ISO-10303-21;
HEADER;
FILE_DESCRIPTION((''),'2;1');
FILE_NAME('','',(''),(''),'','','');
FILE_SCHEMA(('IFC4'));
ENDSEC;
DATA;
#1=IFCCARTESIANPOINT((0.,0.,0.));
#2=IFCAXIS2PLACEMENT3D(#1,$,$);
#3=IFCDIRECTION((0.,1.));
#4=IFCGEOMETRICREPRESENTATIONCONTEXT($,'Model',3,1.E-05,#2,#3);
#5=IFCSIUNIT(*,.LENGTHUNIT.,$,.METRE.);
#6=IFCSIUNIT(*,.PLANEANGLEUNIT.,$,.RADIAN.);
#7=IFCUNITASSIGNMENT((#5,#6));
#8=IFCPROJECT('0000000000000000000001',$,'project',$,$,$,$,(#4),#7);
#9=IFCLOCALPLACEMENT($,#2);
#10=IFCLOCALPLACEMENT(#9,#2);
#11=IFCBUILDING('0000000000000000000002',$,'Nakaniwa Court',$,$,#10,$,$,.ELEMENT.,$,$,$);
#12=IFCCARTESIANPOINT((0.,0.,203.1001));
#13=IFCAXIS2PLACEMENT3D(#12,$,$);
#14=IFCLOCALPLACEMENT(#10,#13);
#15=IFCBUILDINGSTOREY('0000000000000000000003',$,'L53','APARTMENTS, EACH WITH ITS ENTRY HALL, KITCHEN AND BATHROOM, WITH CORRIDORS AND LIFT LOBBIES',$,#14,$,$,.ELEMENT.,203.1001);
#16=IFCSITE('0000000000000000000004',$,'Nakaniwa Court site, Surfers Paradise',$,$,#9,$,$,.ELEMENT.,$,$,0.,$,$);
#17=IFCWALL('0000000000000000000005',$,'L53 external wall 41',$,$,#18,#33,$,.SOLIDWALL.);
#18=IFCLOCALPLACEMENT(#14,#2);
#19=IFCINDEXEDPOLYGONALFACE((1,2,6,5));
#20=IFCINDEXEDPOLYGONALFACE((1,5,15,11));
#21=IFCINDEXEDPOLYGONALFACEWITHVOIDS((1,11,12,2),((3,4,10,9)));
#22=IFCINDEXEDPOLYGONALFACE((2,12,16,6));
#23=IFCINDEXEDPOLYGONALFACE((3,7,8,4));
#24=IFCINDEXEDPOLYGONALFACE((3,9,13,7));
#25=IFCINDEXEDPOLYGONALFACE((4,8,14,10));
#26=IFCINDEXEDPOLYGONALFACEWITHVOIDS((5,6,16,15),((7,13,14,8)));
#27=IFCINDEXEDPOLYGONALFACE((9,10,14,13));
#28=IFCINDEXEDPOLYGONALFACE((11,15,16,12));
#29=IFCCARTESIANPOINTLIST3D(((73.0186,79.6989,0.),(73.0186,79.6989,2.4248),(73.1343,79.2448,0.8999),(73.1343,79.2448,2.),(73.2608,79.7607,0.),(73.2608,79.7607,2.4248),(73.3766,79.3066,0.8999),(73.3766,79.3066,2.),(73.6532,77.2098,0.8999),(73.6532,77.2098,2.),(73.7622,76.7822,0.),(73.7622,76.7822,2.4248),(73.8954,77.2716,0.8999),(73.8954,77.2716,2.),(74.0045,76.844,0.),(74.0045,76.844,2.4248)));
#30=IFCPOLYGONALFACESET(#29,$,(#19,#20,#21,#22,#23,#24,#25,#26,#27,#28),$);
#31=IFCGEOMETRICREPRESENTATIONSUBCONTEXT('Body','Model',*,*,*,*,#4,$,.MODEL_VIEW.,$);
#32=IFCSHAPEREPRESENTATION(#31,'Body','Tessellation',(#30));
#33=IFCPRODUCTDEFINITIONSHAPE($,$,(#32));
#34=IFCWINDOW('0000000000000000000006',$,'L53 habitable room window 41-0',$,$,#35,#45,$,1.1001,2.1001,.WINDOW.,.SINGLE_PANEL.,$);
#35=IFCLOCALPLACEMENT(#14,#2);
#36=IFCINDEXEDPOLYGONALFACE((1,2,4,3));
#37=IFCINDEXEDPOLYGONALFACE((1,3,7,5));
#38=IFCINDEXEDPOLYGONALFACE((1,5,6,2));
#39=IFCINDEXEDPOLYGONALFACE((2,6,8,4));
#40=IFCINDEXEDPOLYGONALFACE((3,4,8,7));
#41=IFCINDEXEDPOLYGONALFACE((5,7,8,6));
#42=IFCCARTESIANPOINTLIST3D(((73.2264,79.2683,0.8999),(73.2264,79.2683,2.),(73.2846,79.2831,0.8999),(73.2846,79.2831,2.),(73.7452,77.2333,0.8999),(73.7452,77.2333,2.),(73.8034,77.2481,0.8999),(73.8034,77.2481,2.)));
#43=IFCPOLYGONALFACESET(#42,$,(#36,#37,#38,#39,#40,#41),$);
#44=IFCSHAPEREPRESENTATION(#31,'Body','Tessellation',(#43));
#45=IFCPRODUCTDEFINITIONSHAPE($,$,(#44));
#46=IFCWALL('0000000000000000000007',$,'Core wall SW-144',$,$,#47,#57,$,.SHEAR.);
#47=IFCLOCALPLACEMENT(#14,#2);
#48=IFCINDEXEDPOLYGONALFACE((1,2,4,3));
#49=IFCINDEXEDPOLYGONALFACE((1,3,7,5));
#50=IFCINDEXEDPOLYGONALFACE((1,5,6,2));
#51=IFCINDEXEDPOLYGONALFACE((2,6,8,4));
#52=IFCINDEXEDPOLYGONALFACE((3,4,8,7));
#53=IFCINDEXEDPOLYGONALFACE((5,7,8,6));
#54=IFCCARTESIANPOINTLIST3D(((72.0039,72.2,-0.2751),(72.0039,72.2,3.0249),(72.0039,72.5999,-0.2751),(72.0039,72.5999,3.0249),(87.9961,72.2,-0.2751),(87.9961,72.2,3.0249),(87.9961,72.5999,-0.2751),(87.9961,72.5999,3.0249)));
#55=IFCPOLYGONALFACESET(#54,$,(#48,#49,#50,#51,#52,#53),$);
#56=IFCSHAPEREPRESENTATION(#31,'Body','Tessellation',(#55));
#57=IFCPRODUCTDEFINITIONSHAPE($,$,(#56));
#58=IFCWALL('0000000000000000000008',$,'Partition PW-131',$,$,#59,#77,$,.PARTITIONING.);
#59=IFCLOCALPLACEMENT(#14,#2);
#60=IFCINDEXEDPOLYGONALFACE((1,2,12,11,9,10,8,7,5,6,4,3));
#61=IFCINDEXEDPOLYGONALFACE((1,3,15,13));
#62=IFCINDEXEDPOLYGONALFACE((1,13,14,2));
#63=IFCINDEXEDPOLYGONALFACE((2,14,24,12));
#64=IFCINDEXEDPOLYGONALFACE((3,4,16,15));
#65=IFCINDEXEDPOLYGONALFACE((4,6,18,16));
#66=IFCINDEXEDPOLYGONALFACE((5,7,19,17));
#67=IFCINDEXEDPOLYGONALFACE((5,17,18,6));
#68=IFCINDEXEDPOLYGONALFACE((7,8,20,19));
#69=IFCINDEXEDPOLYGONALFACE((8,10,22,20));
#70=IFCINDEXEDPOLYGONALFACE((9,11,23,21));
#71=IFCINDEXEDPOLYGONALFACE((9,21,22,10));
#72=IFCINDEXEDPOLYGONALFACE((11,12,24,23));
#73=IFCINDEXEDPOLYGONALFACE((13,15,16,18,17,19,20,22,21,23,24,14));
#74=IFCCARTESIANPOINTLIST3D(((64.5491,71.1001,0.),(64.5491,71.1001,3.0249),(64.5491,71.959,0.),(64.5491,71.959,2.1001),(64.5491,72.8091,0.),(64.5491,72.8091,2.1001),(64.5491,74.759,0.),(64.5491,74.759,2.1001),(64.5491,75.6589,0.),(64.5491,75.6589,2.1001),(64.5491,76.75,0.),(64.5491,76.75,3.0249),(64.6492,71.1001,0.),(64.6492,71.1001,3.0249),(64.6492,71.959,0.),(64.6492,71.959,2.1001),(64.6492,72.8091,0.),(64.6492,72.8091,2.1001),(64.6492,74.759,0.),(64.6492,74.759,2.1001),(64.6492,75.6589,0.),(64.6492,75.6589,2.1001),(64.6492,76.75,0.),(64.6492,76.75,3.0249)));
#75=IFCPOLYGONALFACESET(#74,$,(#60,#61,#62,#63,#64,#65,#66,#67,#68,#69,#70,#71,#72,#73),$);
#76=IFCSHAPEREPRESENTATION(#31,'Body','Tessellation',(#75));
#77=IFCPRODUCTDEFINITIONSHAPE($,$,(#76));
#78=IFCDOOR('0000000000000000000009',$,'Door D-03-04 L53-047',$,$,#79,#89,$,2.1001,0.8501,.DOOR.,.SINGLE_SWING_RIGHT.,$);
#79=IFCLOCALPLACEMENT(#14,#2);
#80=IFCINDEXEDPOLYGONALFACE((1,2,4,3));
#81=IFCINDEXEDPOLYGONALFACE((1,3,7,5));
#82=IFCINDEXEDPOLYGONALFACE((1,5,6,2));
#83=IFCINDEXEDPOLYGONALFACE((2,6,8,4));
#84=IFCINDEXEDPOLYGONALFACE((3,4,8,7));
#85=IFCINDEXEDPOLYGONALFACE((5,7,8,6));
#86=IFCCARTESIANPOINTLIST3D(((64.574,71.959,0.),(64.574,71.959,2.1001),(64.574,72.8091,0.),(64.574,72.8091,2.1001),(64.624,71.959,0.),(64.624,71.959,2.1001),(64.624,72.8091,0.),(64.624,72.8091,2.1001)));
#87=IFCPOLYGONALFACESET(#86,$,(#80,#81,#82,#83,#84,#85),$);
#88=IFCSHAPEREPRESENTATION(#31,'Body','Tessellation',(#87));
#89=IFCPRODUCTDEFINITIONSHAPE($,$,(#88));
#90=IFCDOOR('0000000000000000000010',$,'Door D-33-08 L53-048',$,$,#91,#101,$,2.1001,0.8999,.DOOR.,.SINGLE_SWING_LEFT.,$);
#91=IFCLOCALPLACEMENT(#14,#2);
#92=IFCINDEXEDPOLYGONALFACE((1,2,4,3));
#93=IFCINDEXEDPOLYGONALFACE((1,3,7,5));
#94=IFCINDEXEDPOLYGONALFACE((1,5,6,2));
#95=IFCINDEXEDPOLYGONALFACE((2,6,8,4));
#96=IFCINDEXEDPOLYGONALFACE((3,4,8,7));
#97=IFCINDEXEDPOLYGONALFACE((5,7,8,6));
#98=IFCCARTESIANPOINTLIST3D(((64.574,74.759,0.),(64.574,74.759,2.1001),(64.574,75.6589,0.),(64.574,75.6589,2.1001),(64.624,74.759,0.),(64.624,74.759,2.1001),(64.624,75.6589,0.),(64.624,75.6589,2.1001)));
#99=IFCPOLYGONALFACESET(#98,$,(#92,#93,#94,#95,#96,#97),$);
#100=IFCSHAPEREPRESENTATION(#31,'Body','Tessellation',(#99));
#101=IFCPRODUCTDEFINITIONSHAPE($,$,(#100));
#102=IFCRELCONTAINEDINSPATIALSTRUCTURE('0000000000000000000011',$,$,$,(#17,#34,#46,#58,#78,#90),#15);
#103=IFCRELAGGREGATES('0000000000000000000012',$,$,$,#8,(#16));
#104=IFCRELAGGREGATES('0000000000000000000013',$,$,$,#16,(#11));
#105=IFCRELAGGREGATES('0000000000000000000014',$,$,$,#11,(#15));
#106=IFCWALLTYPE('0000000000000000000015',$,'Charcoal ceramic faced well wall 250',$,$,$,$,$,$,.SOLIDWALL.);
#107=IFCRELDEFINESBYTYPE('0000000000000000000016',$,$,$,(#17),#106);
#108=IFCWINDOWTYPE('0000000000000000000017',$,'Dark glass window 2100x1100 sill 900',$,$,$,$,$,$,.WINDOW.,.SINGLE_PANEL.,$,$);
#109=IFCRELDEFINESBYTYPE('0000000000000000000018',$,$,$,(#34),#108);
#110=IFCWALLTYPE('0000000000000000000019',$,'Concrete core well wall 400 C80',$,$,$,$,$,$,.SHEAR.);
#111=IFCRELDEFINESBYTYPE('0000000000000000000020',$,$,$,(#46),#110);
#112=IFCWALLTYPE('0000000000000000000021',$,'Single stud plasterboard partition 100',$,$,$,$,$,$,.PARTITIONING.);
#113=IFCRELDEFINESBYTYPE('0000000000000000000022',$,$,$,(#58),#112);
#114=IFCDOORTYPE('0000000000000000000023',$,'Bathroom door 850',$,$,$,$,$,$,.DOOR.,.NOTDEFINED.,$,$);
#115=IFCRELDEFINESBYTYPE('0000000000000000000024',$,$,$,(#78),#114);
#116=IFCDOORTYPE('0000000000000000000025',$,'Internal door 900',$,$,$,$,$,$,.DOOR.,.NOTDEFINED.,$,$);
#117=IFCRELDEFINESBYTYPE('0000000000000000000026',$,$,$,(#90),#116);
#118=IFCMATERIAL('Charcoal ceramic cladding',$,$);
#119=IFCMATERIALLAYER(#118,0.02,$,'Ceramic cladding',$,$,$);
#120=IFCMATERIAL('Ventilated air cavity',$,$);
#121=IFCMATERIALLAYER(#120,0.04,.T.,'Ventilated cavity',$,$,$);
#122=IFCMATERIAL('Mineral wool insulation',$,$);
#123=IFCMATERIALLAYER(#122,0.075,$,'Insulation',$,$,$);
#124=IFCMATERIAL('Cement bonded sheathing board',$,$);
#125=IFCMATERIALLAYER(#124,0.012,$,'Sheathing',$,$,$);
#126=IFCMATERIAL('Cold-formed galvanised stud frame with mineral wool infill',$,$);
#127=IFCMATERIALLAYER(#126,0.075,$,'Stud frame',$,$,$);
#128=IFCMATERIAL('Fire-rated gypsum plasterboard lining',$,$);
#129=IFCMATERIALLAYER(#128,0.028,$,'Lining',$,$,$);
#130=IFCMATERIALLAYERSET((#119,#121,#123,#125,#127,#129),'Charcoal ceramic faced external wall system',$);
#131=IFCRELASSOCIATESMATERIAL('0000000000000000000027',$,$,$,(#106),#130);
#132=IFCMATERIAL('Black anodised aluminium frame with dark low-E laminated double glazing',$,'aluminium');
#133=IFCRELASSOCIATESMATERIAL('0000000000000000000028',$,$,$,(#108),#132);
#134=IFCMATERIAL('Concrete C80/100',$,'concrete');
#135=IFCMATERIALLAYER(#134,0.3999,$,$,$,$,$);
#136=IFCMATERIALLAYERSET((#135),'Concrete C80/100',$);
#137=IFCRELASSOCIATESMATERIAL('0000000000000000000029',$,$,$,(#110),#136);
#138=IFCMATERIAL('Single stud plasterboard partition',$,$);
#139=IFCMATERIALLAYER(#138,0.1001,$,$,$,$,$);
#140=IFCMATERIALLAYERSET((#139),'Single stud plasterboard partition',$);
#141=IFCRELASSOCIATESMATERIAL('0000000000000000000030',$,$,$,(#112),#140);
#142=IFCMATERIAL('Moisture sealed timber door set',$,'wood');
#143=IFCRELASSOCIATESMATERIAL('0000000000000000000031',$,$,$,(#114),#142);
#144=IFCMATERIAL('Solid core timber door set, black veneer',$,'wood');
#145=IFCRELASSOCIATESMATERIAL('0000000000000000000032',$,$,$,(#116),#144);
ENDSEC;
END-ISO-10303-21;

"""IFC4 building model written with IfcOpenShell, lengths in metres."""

from ifc_helpers import new_model, si_unit, direction, frame, frame_2d, origin, place, context, subcontext, project, spatial, rectangle, extrude, material, layer, layer_set, type_object, element, fill, save


model = new_model("IFC4")

# Units and contexts
model_context = context("Model", 3, precision=1e-05, world=origin(), true_north=direction((0.0, 1.0)))
body_context = subcontext(model_context, "Body", "Model", "MODEL_VIEW")
ifc_project = project(units=[si_unit("LENGTHUNIT", "METRE"), si_unit("PLANEANGLEUNIT", "RADIAN")], contexts=[model_context])

# Site, building, storey
site_placement = place(None, origin())
site = spatial("IfcSite", under=ifc_project, at=site_placement, Name="Nakaniwa Court site, Surfers Paradise", CompositionType="ELEMENT", RefElevation=0.0)
building_placement = place(site_placement, origin())
building = spatial("IfcBuilding", under=site, at=building_placement, Name="Nakaniwa Court", CompositionType="ELEMENT")
storey_placement = place(building_placement, frame((0.0, 0.0, 203.1001)))
storey = spatial("IfcBuildingStorey", under=building, at=storey_placement, Name="L53", Description="APARTMENTS, EACH WITH ITS ENTRY HALL, KITCHEN AND BATHROOM, WITH CORRIDORS AND LIFT LOBBIES", CompositionType="ELEMENT", Elevation=203.1001)

# Shared definitions
ifc_material_1 = material(Name="Concrete C80/100", Category="concrete")

# Shared definitions
ifc_material_2 = material(Name="Solid core timber door set, black veneer", Category="wood")

# Wall, opening, window
ifc_material_3 = material(Name="Charcoal ceramic cladding")
ifc_layer_1 = layer(ifc_material_3, 0.02, Name="Ceramic cladding")
ifc_material_4 = material(Name="Ventilated air cavity")
ifc_layer_2 = layer(ifc_material_4, 0.04, ventilated=True, Name="Ventilated cavity")
ifc_material_5 = material(Name="Mineral wool insulation")
ifc_layer_3 = layer(ifc_material_5, 0.075, Name="Insulation")
ifc_material_6 = material(Name="Cement bonded sheathing board")
ifc_layer_4 = layer(ifc_material_6, 0.012, Name="Sheathing")
ifc_material_7 = material(Name="Cold-formed galvanised stud frame with mineral wool infill")
ifc_layer_5 = layer(ifc_material_7, 0.075, Name="Stud frame")
ifc_material_8 = material(Name="Fire-rated gypsum plasterboard lining")
ifc_layer_6 = layer(ifc_material_8, 0.028, Name="Lining")
ifc_layer_set_1 = layer_set([ifc_layer_1, ifc_layer_2, ifc_layer_3, ifc_layer_4, ifc_layer_5, ifc_layer_6], Name="Charcoal ceramic faced external wall system")
wall_type_1 = type_object("IfcWallType", Name="Charcoal ceramic faced well wall 250", PredefinedType="SOLIDWALL", material=ifc_layer_set_1)
ifc_material_9 = material(Name="Black anodised aluminium frame with dark low-E laminated double glazing", Category="aluminium")
window_type = type_object("IfcWindowType", Name="Dark glass window 2100x1100 sill 900", PartitioningType="SINGLE_PANEL", PredefinedType="WINDOW", material=ifc_material_9)
wall_1_placement = place(storey_placement, frame((73.8833, 76.8132, 0.0), z_axis=(0.0, 0.0, 1.0), x_axis=(-0.247056, 0.969001, 0.0)))
wall_1 = element("IfcWall", 1, at=wall_1_placement, inside=storey, type_object=wall_type_1, Name="L53 external wall 41", PredefinedType="SOLIDWALL", context=body_context, shape_type="SweptSolid", body=[
    extrude(rectangle(XDim=3.01, YDim=0.25, at=frame_2d((1.5049, 0.0))), origin(), (0.0, 0.0, 1.0), 2.4248),
])
opening_1_placement = place(wall_1_placement, frame((0.4412, 0.0, 0.8999)))
opening_1 = element("IfcOpeningElement", 2, at=opening_1_placement, cuts=wall_1, PredefinedType="OPENING", context=body_context, shape_type="SweptSolid", body=[
    extrude(rectangle(XDim=2.1001, YDim=1.1001, at=frame_2d((1.05, 0.55))), frame((0.0, 0.135, 0.0), z_axis=(0.0, -1.0, 0.0), x_axis=(1.0, 0.0, 0.0)), (0.0, 0.0, 1.0), 0.27),
])
window_1_placement = place(opening_1_placement, origin())
window_1 = element("IfcWindow", 3, at=window_1_placement, inside=storey, type_object=window_type, Name="L53 habitable room window 41-0", OverallHeight=1.1001, OverallWidth=2.1001, PartitioningType="SINGLE_PANEL", PredefinedType="WINDOW", context=body_context, shape_type="SweptSolid", body=[
    extrude(rectangle(XDim=2.1001, YDim=1.1001, at=frame_2d((1.05, 0.55))), frame((0.0, 0.03, 0.0), z_axis=(0.0, -1.0, 0.0), x_axis=(1.0, 0.0, 0.0)), (0.0, 0.0, 1.0), 0.0601),
])
fill(opening_1, window_1)

# Wall
ifc_layer_7 = layer(ifc_material_1, 0.3999)
ifc_layer_set_2 = layer_set([ifc_layer_7], Name="Concrete C80/100")
wall_type_2 = type_object("IfcWallType", Name="Concrete core well wall 400 C80", PredefinedType="SHEAR", material=ifc_layer_set_2)
wall_2_placement = place(storey_placement, frame((72.0039, 72.3999, -0.2751), z_axis=(0.0, 0.0, 1.0), x_axis=(1.0, 0.0, 0.0)))
element("IfcWall", 4, at=wall_2_placement, inside=storey, type_object=wall_type_2, Name="Core wall SW-144", PredefinedType="SHEAR", context=body_context, shape_type="SweptSolid", body=[
    extrude(rectangle(XDim=15.9922, YDim=0.3999, at=frame_2d((7.9961, 0.0))), origin(), (0.0, 0.0, 1.0), 3.3),
])

# Wall, openings, doors
ifc_material_10 = material(Name="Single stud plasterboard partition")
ifc_layer_8 = layer(ifc_material_10, 0.1001)
ifc_layer_set_3 = layer_set([ifc_layer_8], Name="Single stud plasterboard partition")
wall_type_3 = type_object("IfcWallType", Name="Single stud plasterboard partition 100", PredefinedType="PARTITIONING", material=ifc_layer_set_3)
wall_3_placement = place(storey_placement, frame((64.5991, 76.75, 0.0), z_axis=(0.0, 0.0, 1.0), x_axis=(0.0, -1.0, 0.0)))
wall_3 = element("IfcWall", 5, at=wall_3_placement, inside=storey, type_object=wall_type_3, Name="Partition PW-131", PredefinedType="PARTITIONING", context=body_context, shape_type="SweptSolid", body=[
    extrude(rectangle(XDim=5.6499, YDim=0.1001, at=frame_2d((2.825, 0.0))), origin(), (0.0, 0.0, 1.0), 3.0249),
])
opening_2_placement = place(wall_3_placement, frame((3.9409, 0.0, 0.0)))
opening_2 = element("IfcOpeningElement", 6, at=opening_2_placement, cuts=wall_3, PredefinedType="OPENING", context=body_context, shape_type="SweptSolid", body=[
    extrude(rectangle(XDim=0.8501, YDim=2.1001, at=frame_2d((0.425, 1.05))), frame((0.0, 0.0601, 0.0), z_axis=(0.0, -1.0, 0.0), x_axis=(1.0, 0.0, 0.0)), (0.0, 0.0, 1.0), 0.1201),
])
opening_3_placement = place(wall_3_placement, frame((1.0911, 0.0, 0.0)))
opening_3 = element("IfcOpeningElement", 7, at=opening_3_placement, cuts=wall_3, PredefinedType="OPENING", context=body_context, shape_type="SweptSolid", body=[
    extrude(rectangle(XDim=0.8999, YDim=2.1001, at=frame_2d((0.45, 1.05))), frame((0.0, 0.0601, 0.0), z_axis=(0.0, -1.0, 0.0), x_axis=(1.0, 0.0, 0.0)), (0.0, 0.0, 1.0), 0.1201),
])
ifc_material_11 = material(Name="Moisture sealed timber door set", Category="wood")
door_type_1 = type_object("IfcDoorType", Name="Bathroom door 850", OperationType="NOTDEFINED", PredefinedType="DOOR", material=ifc_material_11)
door_1_placement = place(opening_2_placement, origin())
door_1 = element("IfcDoor", 8, at=door_1_placement, inside=storey, type_object=door_type_1, Name="Door D-03-04 L53-047", OperationType="SINGLE_SWING_RIGHT", OverallHeight=2.1001, OverallWidth=0.8501, PredefinedType="DOOR", context=body_context, shape_type="SweptSolid", body=[
    extrude(rectangle(XDim=0.8501, YDim=2.1001, at=frame_2d((0.425, 1.05))), frame((0.0, 0.0249, 0.0), z_axis=(0.0, -1.0, 0.0), x_axis=(1.0, 0.0, 0.0)), (0.0, 0.0, 1.0), 0.05),
])
fill(opening_2, door_1)
door_type_2 = type_object("IfcDoorType", Name="Internal door 900", OperationType="NOTDEFINED", PredefinedType="DOOR", material=ifc_material_2)
door_2_placement = place(opening_3_placement, origin())
door_2 = element("IfcDoor", 9, at=door_2_placement, inside=storey, type_object=door_type_2, Name="Door D-33-08 L53-048", OperationType="SINGLE_SWING_LEFT", OverallHeight=2.1001, OverallWidth=0.8999, PredefinedType="DOOR", context=body_context, shape_type="SweptSolid", body=[
    extrude(rectangle(XDim=0.8999, YDim=2.1001, at=frame_2d((0.45, 1.05))), frame((0.0, 0.0249, 0.0), z_axis=(0.0, -1.0, 0.0), x_axis=(1.0, 0.0, 0.0)), (0.0, 0.0, 1.0), 0.05),
])
fill(opening_3, door_2)

save(model, "model.ifc")
